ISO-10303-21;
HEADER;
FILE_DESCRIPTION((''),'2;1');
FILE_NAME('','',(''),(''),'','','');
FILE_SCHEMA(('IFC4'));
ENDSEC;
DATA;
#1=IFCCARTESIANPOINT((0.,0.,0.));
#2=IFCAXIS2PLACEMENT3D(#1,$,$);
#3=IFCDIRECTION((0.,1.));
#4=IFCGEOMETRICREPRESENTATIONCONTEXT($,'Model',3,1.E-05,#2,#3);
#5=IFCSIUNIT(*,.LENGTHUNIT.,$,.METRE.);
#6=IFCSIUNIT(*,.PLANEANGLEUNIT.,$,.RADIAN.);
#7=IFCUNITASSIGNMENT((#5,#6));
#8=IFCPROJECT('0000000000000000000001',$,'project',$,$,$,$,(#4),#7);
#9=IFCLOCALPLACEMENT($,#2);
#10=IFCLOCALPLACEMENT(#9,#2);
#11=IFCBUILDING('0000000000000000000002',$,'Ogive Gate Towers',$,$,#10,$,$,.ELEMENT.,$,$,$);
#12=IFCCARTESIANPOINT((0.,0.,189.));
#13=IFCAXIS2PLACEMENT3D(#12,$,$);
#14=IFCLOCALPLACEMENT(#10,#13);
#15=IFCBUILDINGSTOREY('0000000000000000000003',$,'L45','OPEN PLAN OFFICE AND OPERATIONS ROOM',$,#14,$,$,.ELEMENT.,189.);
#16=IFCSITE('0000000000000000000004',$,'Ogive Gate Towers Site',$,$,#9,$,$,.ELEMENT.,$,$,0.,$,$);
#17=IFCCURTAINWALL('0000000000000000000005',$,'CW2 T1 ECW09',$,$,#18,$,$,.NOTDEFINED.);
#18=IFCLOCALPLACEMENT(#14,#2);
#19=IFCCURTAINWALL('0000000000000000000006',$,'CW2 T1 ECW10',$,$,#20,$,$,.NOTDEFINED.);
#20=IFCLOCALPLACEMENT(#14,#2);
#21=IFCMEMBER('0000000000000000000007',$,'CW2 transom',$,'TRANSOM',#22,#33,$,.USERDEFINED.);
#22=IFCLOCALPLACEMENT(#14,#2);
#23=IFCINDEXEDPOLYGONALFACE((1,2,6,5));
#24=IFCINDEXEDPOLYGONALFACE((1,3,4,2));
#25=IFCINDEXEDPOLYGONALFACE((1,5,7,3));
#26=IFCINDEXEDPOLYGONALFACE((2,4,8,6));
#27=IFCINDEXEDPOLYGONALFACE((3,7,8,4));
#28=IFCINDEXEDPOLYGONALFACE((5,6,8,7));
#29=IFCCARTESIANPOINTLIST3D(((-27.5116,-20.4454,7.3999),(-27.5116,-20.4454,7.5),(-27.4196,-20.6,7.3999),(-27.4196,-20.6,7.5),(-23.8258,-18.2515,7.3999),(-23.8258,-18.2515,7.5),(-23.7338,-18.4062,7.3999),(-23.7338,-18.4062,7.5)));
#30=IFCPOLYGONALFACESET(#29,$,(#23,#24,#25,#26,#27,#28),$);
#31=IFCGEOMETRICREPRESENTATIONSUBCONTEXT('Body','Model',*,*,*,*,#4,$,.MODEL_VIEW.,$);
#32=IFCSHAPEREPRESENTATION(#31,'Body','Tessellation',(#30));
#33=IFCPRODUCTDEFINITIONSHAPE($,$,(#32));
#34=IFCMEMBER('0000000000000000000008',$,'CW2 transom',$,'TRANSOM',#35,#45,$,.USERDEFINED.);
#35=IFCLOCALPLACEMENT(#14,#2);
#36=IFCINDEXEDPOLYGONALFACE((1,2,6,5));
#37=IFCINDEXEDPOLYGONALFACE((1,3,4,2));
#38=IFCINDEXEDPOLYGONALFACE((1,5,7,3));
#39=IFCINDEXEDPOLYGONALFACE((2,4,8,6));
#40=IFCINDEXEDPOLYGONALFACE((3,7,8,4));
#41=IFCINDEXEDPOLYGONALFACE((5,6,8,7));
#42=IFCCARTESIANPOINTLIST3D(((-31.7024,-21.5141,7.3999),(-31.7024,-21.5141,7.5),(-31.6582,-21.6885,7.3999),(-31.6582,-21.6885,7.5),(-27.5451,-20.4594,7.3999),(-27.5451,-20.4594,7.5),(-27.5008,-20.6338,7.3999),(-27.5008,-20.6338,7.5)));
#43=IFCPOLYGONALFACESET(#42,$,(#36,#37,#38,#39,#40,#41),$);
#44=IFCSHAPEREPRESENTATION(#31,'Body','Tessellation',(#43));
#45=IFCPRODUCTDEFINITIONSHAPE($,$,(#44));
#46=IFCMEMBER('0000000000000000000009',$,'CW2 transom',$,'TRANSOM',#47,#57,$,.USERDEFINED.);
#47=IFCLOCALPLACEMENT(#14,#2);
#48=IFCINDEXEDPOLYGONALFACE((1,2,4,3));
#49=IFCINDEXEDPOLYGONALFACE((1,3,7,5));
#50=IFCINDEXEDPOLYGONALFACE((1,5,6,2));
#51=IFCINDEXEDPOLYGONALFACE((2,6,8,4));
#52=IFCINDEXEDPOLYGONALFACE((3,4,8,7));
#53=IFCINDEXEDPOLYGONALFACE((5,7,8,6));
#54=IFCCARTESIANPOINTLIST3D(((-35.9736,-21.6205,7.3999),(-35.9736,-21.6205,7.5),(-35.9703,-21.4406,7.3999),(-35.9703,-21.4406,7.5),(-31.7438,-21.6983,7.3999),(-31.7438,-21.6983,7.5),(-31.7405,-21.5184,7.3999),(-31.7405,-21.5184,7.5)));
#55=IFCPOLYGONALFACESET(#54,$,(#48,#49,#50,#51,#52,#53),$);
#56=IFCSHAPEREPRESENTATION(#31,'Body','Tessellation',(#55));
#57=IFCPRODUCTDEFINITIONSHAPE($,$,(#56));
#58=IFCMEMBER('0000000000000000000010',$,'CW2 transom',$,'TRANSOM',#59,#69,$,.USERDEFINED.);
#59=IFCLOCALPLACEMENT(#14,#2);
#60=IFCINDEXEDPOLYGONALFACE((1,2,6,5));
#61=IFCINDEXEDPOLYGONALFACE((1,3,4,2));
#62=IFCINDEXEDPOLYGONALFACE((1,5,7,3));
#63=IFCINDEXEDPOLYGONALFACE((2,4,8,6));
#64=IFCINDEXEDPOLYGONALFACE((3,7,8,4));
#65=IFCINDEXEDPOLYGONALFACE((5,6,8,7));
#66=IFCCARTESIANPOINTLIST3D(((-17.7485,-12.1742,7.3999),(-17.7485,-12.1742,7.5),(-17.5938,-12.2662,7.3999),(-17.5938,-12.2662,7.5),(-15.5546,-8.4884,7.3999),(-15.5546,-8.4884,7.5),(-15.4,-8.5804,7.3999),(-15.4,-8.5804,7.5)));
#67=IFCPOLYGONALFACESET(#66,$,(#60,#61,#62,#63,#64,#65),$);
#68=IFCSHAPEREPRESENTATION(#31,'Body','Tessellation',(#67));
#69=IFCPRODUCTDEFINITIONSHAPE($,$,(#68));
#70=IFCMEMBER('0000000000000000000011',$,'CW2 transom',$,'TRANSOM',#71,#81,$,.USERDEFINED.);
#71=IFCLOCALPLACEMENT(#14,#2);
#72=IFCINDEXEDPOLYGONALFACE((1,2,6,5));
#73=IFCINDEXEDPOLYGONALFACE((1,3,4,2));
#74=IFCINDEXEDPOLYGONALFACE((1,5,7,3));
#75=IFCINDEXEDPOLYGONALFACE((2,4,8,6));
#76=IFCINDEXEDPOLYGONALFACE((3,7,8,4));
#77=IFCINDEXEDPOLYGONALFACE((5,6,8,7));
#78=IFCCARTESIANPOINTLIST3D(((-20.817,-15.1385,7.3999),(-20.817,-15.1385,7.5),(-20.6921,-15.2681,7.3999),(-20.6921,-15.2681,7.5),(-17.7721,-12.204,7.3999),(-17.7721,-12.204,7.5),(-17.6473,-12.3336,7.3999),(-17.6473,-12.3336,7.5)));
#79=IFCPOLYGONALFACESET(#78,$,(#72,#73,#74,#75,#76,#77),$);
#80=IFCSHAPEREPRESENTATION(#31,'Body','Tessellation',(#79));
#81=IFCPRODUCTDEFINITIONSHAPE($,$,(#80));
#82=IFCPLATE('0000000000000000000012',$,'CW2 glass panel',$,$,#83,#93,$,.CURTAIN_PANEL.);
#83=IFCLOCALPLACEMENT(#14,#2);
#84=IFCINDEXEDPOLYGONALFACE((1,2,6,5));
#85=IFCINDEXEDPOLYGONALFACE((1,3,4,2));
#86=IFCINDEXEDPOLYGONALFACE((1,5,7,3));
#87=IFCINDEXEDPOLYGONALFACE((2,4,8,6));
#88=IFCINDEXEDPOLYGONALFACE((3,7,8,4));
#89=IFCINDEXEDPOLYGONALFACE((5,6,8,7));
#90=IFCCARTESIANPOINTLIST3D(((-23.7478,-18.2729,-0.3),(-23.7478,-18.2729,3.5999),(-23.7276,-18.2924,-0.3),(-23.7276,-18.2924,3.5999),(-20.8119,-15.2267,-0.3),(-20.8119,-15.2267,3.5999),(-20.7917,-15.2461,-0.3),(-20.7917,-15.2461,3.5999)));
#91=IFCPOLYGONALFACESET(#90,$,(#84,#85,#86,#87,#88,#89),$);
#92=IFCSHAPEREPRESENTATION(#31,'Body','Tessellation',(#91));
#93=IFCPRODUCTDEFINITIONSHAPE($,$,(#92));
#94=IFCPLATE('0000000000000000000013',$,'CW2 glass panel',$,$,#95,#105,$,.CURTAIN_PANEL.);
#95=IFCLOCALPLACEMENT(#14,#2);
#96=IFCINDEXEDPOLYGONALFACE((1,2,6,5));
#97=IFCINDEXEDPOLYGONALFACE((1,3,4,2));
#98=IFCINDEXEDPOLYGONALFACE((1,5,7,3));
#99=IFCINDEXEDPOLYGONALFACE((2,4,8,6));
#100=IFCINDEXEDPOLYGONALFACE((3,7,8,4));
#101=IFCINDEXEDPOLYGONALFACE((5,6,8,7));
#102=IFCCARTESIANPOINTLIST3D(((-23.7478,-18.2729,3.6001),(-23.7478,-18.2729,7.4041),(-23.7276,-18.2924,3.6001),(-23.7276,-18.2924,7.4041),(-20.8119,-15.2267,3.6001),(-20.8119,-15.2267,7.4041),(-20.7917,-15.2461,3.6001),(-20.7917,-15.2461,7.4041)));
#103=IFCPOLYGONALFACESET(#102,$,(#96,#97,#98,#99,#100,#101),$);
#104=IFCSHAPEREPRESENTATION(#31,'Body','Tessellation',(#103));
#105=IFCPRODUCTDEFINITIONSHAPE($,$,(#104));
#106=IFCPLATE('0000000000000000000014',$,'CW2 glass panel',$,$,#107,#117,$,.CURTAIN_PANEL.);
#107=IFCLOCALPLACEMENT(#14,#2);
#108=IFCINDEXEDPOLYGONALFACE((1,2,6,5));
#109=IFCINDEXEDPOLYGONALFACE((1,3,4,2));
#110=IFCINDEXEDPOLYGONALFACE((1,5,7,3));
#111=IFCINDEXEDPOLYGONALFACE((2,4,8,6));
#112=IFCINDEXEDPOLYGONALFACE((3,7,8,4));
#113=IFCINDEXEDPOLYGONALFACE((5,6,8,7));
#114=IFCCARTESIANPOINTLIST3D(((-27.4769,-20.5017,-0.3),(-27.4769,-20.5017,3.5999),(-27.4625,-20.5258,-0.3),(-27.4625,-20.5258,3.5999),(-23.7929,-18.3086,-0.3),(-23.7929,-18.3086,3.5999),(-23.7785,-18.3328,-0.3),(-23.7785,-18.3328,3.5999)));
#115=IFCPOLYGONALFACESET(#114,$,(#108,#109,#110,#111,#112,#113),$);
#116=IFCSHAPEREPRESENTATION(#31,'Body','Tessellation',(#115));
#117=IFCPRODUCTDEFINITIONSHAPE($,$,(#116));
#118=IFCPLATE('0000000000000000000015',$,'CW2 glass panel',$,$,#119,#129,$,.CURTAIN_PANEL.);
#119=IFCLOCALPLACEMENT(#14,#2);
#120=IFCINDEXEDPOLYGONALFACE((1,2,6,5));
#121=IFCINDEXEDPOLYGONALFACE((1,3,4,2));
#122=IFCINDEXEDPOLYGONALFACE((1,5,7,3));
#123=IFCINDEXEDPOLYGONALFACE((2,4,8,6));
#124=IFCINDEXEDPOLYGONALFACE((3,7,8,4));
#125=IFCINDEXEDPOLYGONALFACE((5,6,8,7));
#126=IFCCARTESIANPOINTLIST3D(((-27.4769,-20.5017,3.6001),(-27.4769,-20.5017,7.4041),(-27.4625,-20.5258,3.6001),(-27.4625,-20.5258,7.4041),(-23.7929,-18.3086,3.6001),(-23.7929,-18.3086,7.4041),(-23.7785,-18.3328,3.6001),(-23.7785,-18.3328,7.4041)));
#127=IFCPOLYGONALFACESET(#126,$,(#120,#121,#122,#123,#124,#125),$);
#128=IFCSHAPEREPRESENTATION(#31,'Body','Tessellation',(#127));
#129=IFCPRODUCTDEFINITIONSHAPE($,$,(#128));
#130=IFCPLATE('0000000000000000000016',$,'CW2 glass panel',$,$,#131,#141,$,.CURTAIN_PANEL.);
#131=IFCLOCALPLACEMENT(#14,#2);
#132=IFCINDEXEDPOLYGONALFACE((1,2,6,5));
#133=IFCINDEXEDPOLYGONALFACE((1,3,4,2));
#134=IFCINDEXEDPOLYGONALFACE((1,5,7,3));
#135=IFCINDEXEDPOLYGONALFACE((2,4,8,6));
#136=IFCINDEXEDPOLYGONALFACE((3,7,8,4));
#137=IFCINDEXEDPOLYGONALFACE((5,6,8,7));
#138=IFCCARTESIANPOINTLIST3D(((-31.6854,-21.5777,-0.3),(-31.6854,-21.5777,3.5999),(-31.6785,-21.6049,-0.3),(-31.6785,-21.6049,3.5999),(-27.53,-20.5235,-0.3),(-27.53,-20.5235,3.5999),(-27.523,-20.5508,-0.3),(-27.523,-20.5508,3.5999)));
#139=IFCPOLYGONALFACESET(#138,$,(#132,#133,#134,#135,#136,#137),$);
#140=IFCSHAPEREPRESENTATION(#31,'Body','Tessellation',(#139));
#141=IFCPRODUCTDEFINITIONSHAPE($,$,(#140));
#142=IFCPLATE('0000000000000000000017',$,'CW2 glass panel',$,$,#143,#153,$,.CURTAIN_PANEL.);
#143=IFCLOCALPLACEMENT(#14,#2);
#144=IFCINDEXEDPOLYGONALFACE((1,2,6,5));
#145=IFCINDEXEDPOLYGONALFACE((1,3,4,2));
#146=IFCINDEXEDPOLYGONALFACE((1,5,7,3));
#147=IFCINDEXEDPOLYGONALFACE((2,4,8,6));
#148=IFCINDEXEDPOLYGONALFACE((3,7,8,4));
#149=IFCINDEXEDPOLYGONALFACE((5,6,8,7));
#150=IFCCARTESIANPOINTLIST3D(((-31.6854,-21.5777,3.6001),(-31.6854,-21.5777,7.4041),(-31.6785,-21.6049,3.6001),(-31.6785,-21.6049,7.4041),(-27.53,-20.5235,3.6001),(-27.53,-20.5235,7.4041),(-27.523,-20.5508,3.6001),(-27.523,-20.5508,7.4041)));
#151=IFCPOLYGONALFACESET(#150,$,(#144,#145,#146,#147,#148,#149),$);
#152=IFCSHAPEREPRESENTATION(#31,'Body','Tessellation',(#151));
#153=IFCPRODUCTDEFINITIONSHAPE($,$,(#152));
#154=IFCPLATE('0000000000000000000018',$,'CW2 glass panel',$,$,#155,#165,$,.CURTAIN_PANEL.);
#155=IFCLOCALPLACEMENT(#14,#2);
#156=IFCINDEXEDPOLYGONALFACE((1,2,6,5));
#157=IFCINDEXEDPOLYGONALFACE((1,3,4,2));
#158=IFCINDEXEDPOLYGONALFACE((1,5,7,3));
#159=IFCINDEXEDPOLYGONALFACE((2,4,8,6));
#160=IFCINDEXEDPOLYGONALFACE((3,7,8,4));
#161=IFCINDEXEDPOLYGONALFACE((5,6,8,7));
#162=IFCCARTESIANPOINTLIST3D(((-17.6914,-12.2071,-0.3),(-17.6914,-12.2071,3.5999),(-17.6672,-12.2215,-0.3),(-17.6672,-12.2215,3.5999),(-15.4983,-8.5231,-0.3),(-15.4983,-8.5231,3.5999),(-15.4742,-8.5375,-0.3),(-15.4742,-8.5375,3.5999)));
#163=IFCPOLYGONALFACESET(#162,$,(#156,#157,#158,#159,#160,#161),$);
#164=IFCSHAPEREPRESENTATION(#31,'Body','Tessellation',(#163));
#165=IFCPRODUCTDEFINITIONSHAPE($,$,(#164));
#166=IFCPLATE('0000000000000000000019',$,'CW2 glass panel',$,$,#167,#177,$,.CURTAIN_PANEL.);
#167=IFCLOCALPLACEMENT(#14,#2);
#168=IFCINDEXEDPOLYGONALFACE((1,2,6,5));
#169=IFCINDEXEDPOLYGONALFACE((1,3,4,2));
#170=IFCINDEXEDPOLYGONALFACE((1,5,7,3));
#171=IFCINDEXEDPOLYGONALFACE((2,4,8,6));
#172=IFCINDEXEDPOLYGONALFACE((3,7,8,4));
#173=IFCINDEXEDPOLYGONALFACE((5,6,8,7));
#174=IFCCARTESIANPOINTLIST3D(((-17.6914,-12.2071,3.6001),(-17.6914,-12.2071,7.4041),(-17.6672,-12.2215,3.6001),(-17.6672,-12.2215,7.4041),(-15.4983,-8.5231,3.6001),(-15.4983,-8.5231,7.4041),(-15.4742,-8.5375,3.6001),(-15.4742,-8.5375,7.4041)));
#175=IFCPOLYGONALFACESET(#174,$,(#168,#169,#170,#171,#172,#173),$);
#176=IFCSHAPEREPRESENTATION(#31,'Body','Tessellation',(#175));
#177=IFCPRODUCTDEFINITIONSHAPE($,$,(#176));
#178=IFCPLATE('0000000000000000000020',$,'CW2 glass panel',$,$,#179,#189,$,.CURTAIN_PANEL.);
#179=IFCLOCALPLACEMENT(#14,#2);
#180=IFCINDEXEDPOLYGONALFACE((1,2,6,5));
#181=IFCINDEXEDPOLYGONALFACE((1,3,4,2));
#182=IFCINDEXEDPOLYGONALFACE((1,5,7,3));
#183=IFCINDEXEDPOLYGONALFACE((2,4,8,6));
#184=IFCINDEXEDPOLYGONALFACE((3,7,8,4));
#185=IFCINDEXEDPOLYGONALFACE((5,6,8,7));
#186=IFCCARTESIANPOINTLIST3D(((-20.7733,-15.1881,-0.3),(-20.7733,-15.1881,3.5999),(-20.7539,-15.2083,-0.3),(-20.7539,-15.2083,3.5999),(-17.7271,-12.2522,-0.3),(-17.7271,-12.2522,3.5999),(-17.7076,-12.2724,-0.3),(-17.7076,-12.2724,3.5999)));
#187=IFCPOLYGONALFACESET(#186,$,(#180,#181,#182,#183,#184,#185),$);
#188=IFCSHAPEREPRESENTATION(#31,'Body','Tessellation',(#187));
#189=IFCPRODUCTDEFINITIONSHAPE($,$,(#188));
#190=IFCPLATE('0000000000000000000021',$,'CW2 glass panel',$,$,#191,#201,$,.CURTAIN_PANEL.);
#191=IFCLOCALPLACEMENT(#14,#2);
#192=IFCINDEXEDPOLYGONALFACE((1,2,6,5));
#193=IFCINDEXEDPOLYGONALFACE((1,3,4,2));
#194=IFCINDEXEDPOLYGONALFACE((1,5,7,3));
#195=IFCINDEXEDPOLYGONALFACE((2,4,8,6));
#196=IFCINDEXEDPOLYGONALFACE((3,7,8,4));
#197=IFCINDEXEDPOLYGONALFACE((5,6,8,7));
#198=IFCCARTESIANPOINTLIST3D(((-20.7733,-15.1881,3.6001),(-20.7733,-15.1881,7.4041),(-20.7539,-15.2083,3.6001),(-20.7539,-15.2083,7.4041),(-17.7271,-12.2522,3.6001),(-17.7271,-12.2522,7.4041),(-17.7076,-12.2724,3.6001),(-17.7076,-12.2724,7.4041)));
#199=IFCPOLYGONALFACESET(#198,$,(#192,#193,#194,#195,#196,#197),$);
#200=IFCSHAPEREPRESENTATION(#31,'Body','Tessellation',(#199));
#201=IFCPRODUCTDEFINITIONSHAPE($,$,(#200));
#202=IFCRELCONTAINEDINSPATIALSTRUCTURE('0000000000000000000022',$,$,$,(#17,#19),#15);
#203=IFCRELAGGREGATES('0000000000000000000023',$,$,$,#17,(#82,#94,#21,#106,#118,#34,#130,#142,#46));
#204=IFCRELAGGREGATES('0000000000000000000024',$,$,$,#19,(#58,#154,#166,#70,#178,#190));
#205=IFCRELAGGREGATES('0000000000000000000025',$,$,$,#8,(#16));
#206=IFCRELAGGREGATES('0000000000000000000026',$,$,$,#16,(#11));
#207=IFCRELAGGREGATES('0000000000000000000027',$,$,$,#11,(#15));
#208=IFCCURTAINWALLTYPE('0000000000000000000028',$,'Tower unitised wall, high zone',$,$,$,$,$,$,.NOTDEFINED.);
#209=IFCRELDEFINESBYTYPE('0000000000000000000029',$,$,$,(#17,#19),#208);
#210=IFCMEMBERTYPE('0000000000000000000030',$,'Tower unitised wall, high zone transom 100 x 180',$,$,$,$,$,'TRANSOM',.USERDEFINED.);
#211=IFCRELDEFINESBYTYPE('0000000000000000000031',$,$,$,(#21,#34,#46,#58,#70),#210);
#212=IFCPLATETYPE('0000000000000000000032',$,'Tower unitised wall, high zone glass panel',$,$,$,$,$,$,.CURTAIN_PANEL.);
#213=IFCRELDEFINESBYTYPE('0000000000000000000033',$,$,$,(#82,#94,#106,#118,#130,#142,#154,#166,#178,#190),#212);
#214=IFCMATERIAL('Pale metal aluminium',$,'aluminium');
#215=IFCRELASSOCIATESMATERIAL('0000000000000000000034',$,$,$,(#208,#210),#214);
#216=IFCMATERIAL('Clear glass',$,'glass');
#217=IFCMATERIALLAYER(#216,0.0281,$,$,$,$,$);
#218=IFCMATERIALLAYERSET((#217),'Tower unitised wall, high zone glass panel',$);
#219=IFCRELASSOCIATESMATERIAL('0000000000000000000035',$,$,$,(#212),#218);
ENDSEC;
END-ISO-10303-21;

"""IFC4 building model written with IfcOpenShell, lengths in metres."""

from ifc_helpers import new_model, si_unit, direction, frame, origin, origin_2d, place, context, subcontext, project, spatial, rectangle, extrude, material, layer, layer_set, material_profile, profile_set, type_object, element, aggregate, save


model = new_model("IFC4")

# Units and contexts
model_context = context("Model", 3, precision=1e-05, world=origin(), true_north=direction((0.0, 1.0)))
body_context = subcontext(model_context, "Body", "Model", "MODEL_VIEW")
ifc_project = project(units=[si_unit("LENGTHUNIT", "METRE"), si_unit("PLANEANGLEUNIT", "RADIAN")], contexts=[model_context])

# Site, building, storey
site_placement = place(None, origin())
site = spatial("IfcSite", under=ifc_project, at=site_placement, Name="Ogive Gate Towers Site", CompositionType="ELEMENT", RefElevation=0.0)
building_placement = place(site_placement, origin())
building = spatial("IfcBuilding", under=site, at=building_placement, Name="Ogive Gate Towers", CompositionType="ELEMENT")
storey_placement = place(building_placement, frame((0.0, 0.0, 189.0)))
storey = spatial("IfcBuildingStorey", under=building, at=storey_placement, Name="L45", Description="OPEN PLAN OFFICE AND OPERATIONS ROOM", CompositionType="ELEMENT", Elevation=189.0)

# Curtain walls
ifc_material_1 = material(Name="Pale metal aluminium", Category="aluminium")
curtain_wall_type = type_object("IfcCurtainWallType", Name="Tower unitised wall, high zone", PredefinedType="NOTDEFINED", material=ifc_material_1)
curtain_wall_1_placement = place(storey_placement, origin())
curtain_wall_1 = element("IfcCurtainWall", 1, at=curtain_wall_1_placement, inside=storey, type_object=curtain_wall_type, Name="CW2 T1 ECW09", PredefinedType="NOTDEFINED")
curtain_wall_2_placement = place(storey_placement, origin())
curtain_wall_2 = element("IfcCurtainWall", 2, at=curtain_wall_2_placement, inside=storey, type_object=curtain_wall_type, Name="CW2 T1 ECW10", PredefinedType="NOTDEFINED")

# Members
ifc_material_profile_1 = material_profile(ifc_material_1, rectangle(XDim=0.1799, YDim=0.1001, at=origin_2d()), Name="100 x 180 aluminium box")
ifc_profile_set_1 = profile_set([ifc_material_profile_1], Name="Pale metal aluminium")
member_type_1 = type_object("IfcMemberType", Name="Tower unitised wall, high zone transom 100 x 180", ElementType="TRANSOM", PredefinedType="USERDEFINED", material=ifc_profile_set_1)
member_1_placement = place(storey_placement, frame((-23.7798, -18.3289, 7.45), z_axis=(-0.859301, -0.511471, 0.0), x_axis=(0.511471, -0.859301, 0.0)))
member_1 = element("IfcMember", 3, at=member_1_placement, type_object=member_type_1, Name="CW2 transom", ObjectType="TRANSOM", PredefinedType="USERDEFINED", context=body_context, shape_type="SweptSolid", body=[
    extrude(rectangle(XDim=0.1799, YDim=0.1001, at=origin_2d()), origin(), (0.0, 0.0, 1.0), 4.2893),
])
member_2_placement = place(storey_placement, frame((-27.5229, -20.5466, 7.45), z_axis=(-0.969296, -0.245896, 0.0), x_axis=(0.245896, -0.969296, 0.0)))
member_2 = element("IfcMember", 4, at=member_2_placement, type_object=member_type_1, Name="CW2 transom", ObjectType="TRANSOM", PredefinedType="USERDEFINED", context=body_context, shape_type="SweptSolid", body=[
    extrude(rectangle(XDim=0.1799, YDim=0.1001, at=origin_2d()), origin(), (0.0, 0.0, 1.0), 4.2891),
])
member_3_placement = place(storey_placement, frame((-31.7422, -21.6084, 7.45), z_axis=(-0.999831, 0.01841, 0.0), x_axis=(-0.01841, -0.999831, 0.0)))
member_3 = element("IfcMember", 5, at=member_3_placement, type_object=member_type_1, Name="CW2 transom", ObjectType="TRANSOM", PredefinedType="USERDEFINED", context=body_context, shape_type="SweptSolid", body=[
    extrude(rectangle(XDim=0.1799, YDim=0.1001, at=origin_2d()), origin(), (0.0, 0.0, 1.0), 4.2305),
])
member_4_placement = place(storey_placement, frame((-15.4773, -8.5344, 7.45), z_axis=(-0.511471, -0.859301, 0.0), x_axis=(0.859301, -0.511471, 0.0)))
member_4 = element("IfcMember", 6, at=member_4_placement, type_object=member_type_1, Name="CW2 transom", ObjectType="TRANSOM", PredefinedType="USERDEFINED", context=body_context, shape_type="SweptSolid", body=[
    extrude(rectangle(XDim=0.1799, YDim=0.1001, at=origin_2d()), origin(), (0.0, 0.0, 1.0), 4.2893),
])
member_5_placement = place(storey_placement, frame((-17.7097, -12.2688, 7.45), z_axis=(-0.720034, -0.693939, 0.0), x_axis=(0.693939, -0.720034, 0.0)))
member_5 = element("IfcMember", 7, at=member_5_placement, type_object=member_type_1, Name="CW2 transom", ObjectType="TRANSOM", PredefinedType="USERDEFINED", context=body_context, shape_type="SweptSolid", body=[
    extrude(rectangle(XDim=0.1799, YDim=0.1001, at=origin_2d()), origin(), (0.0, 0.0, 1.0), 4.2288),
])

# Plates
ifc_material_2 = material(Name="Clear glass", Category="glass")
ifc_layer_1 = layer(ifc_material_2, 0.0281)
ifc_layer_set_1 = layer_set([ifc_layer_1], Name="Tower unitised wall, high zone glass panel")
plate_type = type_object("IfcPlateType", Name="Tower unitised wall, high zone glass panel", PredefinedType="CURTAIN_PANEL", material=ifc_layer_set_1)
plate_1_placement = place(storey_placement, frame((-22.2698, -16.7595, -0.3), z_axis=(0.0, 0.0, 1.0), x_axis=(-0.693942, -0.720031, 0.0)))
plate_1 = element("IfcPlate", 8, at=plate_1_placement, type_object=plate_type, Name="CW2 glass panel", PredefinedType="CURTAIN_PANEL", context=body_context, shape_type="SweptSolid", body=[
    extrude(rectangle(XDim=4.2307, YDim=0.0281, at=origin_2d()), origin(), (0.0, 0.0, 1.0), 3.8999),
])
plate_2_placement = place(storey_placement, frame((-22.2698, -16.7595, 3.6001), z_axis=(0.0, 0.0, 1.0), x_axis=(-0.693942, -0.720031, 0.0)))
plate_2 = element("IfcPlate", 9, at=plate_2_placement, type_object=plate_type, Name="CW2 glass panel", PredefinedType="CURTAIN_PANEL", context=body_context, shape_type="SweptSolid", body=[
    extrude(rectangle(XDim=4.2307, YDim=0.0281, at=origin_2d()), origin(), (0.0, 0.0, 1.0), 3.804),
])
plate_3_placement = place(storey_placement, frame((-25.6277, -19.4172, -0.3), z_axis=(0.0, 0.0, 1.0), x_axis=(-0.859273, -0.511518, 0.0)))
plate_3 = element("IfcPlate", 10, at=plate_3_placement, type_object=plate_type, Name="CW2 glass panel", PredefinedType="CURTAIN_PANEL", context=body_context, shape_type="SweptSolid", body=[
    extrude(rectangle(XDim=4.2874, YDim=0.0281, at=origin_2d()), origin(), (0.0, 0.0, 1.0), 3.8999),
])
plate_4_placement = place(storey_placement, frame((-25.6277, -19.4172, 3.6001), z_axis=(0.0, 0.0, 1.0), x_axis=(-0.859273, -0.511518, 0.0)))
plate_4 = element("IfcPlate", 11, at=plate_4_placement, type_object=plate_type, Name="CW2 glass panel", PredefinedType="CURTAIN_PANEL", context=body_context, shape_type="SweptSolid", body=[
    extrude(rectangle(XDim=4.2874, YDim=0.0281, at=origin_2d()), origin(), (0.0, 0.0, 1.0), 3.804),
])
plate_5_placement = place(storey_placement, frame((-29.6042, -21.0642, -0.3), z_axis=(0.0, 0.0, 1.0), x_axis=(-0.9693, -0.245883, 0.0)))
plate_5 = element("IfcPlate", 12, at=plate_5_placement, type_object=plate_type, Name="CW2 glass panel", PredefinedType="CURTAIN_PANEL", context=body_context, shape_type="SweptSolid", body=[
    extrude(rectangle(XDim=4.2871, YDim=0.0281, at=origin_2d()), origin(), (0.0, 0.0, 1.0), 3.8999),
])
plate_6_placement = place(storey_placement, frame((-29.6042, -21.0642, 3.6001), z_axis=(0.0, 0.0, 1.0), x_axis=(-0.9693, -0.245883, 0.0)))
plate_6 = element("IfcPlate", 13, at=plate_6_placement, type_object=plate_type, Name="CW2 glass panel", PredefinedType="CURTAIN_PANEL", context=body_context, shape_type="SweptSolid", body=[
    extrude(rectangle(XDim=4.2871, YDim=0.0281, at=origin_2d()), origin(), (0.0, 0.0, 1.0), 3.804),
])
aggregate(curtain_wall_1, [plate_1, plate_2, member_1, plate_3, plate_4, member_2, plate_5, plate_6, member_3])
plate_7_placement = place(storey_placement, frame((-16.5828, -10.3723, -0.3), z_axis=(0.0, 0.0, 1.0), x_axis=(-0.511518, -0.859273, 0.0)))
plate_7 = element("IfcPlate", 14, at=plate_7_placement, type_object=plate_type, Name="CW2 glass panel", PredefinedType="CURTAIN_PANEL", context=body_context, shape_type="SweptSolid", body=[
    extrude(rectangle(XDim=4.2874, YDim=0.0281, at=origin_2d()), origin(), (0.0, 0.0, 1.0), 3.8999),
])
plate_8_placement = place(storey_placement, frame((-16.5828, -10.3723, 3.6001), z_axis=(0.0, 0.0, 1.0), x_axis=(-0.511518, -0.859273, 0.0)))
plate_8 = element("IfcPlate", 15, at=plate_8_placement, type_object=plate_type, Name="CW2 glass panel", PredefinedType="CURTAIN_PANEL", context=body_context, shape_type="SweptSolid", body=[
    extrude(rectangle(XDim=4.2874, YDim=0.0281, at=origin_2d()), origin(), (0.0, 0.0, 1.0), 3.804),
])
plate_9_placement = place(storey_placement, frame((-19.2405, -13.7302, -0.3), z_axis=(0.0, 0.0, 1.0), x_axis=(-0.720031, -0.693942, 0.0)))
plate_9 = element("IfcPlate", 16, at=plate_9_placement, type_object=plate_type, Name="CW2 glass panel", PredefinedType="CURTAIN_PANEL", context=body_context, shape_type="SweptSolid", body=[
    extrude(rectangle(XDim=4.2307, YDim=0.0281, at=origin_2d()), origin(), (0.0, 0.0, 1.0), 3.8999),
])
plate_10_placement = place(storey_placement, frame((-19.2405, -13.7302, 3.6001), z_axis=(0.0, 0.0, 1.0), x_axis=(-0.720031, -0.693942, 0.0)))
plate_10 = element("IfcPlate", 17, at=plate_10_placement, type_object=plate_type, Name="CW2 glass panel", PredefinedType="CURTAIN_PANEL", context=body_context, shape_type="SweptSolid", body=[
    extrude(rectangle(XDim=4.2307, YDim=0.0281, at=origin_2d()), origin(), (0.0, 0.0, 1.0), 3.804),
])
aggregate(curtain_wall_2, [member_4, plate_7, plate_8, member_5, plate_9, plate_10])

save(model, "model.ifc")
